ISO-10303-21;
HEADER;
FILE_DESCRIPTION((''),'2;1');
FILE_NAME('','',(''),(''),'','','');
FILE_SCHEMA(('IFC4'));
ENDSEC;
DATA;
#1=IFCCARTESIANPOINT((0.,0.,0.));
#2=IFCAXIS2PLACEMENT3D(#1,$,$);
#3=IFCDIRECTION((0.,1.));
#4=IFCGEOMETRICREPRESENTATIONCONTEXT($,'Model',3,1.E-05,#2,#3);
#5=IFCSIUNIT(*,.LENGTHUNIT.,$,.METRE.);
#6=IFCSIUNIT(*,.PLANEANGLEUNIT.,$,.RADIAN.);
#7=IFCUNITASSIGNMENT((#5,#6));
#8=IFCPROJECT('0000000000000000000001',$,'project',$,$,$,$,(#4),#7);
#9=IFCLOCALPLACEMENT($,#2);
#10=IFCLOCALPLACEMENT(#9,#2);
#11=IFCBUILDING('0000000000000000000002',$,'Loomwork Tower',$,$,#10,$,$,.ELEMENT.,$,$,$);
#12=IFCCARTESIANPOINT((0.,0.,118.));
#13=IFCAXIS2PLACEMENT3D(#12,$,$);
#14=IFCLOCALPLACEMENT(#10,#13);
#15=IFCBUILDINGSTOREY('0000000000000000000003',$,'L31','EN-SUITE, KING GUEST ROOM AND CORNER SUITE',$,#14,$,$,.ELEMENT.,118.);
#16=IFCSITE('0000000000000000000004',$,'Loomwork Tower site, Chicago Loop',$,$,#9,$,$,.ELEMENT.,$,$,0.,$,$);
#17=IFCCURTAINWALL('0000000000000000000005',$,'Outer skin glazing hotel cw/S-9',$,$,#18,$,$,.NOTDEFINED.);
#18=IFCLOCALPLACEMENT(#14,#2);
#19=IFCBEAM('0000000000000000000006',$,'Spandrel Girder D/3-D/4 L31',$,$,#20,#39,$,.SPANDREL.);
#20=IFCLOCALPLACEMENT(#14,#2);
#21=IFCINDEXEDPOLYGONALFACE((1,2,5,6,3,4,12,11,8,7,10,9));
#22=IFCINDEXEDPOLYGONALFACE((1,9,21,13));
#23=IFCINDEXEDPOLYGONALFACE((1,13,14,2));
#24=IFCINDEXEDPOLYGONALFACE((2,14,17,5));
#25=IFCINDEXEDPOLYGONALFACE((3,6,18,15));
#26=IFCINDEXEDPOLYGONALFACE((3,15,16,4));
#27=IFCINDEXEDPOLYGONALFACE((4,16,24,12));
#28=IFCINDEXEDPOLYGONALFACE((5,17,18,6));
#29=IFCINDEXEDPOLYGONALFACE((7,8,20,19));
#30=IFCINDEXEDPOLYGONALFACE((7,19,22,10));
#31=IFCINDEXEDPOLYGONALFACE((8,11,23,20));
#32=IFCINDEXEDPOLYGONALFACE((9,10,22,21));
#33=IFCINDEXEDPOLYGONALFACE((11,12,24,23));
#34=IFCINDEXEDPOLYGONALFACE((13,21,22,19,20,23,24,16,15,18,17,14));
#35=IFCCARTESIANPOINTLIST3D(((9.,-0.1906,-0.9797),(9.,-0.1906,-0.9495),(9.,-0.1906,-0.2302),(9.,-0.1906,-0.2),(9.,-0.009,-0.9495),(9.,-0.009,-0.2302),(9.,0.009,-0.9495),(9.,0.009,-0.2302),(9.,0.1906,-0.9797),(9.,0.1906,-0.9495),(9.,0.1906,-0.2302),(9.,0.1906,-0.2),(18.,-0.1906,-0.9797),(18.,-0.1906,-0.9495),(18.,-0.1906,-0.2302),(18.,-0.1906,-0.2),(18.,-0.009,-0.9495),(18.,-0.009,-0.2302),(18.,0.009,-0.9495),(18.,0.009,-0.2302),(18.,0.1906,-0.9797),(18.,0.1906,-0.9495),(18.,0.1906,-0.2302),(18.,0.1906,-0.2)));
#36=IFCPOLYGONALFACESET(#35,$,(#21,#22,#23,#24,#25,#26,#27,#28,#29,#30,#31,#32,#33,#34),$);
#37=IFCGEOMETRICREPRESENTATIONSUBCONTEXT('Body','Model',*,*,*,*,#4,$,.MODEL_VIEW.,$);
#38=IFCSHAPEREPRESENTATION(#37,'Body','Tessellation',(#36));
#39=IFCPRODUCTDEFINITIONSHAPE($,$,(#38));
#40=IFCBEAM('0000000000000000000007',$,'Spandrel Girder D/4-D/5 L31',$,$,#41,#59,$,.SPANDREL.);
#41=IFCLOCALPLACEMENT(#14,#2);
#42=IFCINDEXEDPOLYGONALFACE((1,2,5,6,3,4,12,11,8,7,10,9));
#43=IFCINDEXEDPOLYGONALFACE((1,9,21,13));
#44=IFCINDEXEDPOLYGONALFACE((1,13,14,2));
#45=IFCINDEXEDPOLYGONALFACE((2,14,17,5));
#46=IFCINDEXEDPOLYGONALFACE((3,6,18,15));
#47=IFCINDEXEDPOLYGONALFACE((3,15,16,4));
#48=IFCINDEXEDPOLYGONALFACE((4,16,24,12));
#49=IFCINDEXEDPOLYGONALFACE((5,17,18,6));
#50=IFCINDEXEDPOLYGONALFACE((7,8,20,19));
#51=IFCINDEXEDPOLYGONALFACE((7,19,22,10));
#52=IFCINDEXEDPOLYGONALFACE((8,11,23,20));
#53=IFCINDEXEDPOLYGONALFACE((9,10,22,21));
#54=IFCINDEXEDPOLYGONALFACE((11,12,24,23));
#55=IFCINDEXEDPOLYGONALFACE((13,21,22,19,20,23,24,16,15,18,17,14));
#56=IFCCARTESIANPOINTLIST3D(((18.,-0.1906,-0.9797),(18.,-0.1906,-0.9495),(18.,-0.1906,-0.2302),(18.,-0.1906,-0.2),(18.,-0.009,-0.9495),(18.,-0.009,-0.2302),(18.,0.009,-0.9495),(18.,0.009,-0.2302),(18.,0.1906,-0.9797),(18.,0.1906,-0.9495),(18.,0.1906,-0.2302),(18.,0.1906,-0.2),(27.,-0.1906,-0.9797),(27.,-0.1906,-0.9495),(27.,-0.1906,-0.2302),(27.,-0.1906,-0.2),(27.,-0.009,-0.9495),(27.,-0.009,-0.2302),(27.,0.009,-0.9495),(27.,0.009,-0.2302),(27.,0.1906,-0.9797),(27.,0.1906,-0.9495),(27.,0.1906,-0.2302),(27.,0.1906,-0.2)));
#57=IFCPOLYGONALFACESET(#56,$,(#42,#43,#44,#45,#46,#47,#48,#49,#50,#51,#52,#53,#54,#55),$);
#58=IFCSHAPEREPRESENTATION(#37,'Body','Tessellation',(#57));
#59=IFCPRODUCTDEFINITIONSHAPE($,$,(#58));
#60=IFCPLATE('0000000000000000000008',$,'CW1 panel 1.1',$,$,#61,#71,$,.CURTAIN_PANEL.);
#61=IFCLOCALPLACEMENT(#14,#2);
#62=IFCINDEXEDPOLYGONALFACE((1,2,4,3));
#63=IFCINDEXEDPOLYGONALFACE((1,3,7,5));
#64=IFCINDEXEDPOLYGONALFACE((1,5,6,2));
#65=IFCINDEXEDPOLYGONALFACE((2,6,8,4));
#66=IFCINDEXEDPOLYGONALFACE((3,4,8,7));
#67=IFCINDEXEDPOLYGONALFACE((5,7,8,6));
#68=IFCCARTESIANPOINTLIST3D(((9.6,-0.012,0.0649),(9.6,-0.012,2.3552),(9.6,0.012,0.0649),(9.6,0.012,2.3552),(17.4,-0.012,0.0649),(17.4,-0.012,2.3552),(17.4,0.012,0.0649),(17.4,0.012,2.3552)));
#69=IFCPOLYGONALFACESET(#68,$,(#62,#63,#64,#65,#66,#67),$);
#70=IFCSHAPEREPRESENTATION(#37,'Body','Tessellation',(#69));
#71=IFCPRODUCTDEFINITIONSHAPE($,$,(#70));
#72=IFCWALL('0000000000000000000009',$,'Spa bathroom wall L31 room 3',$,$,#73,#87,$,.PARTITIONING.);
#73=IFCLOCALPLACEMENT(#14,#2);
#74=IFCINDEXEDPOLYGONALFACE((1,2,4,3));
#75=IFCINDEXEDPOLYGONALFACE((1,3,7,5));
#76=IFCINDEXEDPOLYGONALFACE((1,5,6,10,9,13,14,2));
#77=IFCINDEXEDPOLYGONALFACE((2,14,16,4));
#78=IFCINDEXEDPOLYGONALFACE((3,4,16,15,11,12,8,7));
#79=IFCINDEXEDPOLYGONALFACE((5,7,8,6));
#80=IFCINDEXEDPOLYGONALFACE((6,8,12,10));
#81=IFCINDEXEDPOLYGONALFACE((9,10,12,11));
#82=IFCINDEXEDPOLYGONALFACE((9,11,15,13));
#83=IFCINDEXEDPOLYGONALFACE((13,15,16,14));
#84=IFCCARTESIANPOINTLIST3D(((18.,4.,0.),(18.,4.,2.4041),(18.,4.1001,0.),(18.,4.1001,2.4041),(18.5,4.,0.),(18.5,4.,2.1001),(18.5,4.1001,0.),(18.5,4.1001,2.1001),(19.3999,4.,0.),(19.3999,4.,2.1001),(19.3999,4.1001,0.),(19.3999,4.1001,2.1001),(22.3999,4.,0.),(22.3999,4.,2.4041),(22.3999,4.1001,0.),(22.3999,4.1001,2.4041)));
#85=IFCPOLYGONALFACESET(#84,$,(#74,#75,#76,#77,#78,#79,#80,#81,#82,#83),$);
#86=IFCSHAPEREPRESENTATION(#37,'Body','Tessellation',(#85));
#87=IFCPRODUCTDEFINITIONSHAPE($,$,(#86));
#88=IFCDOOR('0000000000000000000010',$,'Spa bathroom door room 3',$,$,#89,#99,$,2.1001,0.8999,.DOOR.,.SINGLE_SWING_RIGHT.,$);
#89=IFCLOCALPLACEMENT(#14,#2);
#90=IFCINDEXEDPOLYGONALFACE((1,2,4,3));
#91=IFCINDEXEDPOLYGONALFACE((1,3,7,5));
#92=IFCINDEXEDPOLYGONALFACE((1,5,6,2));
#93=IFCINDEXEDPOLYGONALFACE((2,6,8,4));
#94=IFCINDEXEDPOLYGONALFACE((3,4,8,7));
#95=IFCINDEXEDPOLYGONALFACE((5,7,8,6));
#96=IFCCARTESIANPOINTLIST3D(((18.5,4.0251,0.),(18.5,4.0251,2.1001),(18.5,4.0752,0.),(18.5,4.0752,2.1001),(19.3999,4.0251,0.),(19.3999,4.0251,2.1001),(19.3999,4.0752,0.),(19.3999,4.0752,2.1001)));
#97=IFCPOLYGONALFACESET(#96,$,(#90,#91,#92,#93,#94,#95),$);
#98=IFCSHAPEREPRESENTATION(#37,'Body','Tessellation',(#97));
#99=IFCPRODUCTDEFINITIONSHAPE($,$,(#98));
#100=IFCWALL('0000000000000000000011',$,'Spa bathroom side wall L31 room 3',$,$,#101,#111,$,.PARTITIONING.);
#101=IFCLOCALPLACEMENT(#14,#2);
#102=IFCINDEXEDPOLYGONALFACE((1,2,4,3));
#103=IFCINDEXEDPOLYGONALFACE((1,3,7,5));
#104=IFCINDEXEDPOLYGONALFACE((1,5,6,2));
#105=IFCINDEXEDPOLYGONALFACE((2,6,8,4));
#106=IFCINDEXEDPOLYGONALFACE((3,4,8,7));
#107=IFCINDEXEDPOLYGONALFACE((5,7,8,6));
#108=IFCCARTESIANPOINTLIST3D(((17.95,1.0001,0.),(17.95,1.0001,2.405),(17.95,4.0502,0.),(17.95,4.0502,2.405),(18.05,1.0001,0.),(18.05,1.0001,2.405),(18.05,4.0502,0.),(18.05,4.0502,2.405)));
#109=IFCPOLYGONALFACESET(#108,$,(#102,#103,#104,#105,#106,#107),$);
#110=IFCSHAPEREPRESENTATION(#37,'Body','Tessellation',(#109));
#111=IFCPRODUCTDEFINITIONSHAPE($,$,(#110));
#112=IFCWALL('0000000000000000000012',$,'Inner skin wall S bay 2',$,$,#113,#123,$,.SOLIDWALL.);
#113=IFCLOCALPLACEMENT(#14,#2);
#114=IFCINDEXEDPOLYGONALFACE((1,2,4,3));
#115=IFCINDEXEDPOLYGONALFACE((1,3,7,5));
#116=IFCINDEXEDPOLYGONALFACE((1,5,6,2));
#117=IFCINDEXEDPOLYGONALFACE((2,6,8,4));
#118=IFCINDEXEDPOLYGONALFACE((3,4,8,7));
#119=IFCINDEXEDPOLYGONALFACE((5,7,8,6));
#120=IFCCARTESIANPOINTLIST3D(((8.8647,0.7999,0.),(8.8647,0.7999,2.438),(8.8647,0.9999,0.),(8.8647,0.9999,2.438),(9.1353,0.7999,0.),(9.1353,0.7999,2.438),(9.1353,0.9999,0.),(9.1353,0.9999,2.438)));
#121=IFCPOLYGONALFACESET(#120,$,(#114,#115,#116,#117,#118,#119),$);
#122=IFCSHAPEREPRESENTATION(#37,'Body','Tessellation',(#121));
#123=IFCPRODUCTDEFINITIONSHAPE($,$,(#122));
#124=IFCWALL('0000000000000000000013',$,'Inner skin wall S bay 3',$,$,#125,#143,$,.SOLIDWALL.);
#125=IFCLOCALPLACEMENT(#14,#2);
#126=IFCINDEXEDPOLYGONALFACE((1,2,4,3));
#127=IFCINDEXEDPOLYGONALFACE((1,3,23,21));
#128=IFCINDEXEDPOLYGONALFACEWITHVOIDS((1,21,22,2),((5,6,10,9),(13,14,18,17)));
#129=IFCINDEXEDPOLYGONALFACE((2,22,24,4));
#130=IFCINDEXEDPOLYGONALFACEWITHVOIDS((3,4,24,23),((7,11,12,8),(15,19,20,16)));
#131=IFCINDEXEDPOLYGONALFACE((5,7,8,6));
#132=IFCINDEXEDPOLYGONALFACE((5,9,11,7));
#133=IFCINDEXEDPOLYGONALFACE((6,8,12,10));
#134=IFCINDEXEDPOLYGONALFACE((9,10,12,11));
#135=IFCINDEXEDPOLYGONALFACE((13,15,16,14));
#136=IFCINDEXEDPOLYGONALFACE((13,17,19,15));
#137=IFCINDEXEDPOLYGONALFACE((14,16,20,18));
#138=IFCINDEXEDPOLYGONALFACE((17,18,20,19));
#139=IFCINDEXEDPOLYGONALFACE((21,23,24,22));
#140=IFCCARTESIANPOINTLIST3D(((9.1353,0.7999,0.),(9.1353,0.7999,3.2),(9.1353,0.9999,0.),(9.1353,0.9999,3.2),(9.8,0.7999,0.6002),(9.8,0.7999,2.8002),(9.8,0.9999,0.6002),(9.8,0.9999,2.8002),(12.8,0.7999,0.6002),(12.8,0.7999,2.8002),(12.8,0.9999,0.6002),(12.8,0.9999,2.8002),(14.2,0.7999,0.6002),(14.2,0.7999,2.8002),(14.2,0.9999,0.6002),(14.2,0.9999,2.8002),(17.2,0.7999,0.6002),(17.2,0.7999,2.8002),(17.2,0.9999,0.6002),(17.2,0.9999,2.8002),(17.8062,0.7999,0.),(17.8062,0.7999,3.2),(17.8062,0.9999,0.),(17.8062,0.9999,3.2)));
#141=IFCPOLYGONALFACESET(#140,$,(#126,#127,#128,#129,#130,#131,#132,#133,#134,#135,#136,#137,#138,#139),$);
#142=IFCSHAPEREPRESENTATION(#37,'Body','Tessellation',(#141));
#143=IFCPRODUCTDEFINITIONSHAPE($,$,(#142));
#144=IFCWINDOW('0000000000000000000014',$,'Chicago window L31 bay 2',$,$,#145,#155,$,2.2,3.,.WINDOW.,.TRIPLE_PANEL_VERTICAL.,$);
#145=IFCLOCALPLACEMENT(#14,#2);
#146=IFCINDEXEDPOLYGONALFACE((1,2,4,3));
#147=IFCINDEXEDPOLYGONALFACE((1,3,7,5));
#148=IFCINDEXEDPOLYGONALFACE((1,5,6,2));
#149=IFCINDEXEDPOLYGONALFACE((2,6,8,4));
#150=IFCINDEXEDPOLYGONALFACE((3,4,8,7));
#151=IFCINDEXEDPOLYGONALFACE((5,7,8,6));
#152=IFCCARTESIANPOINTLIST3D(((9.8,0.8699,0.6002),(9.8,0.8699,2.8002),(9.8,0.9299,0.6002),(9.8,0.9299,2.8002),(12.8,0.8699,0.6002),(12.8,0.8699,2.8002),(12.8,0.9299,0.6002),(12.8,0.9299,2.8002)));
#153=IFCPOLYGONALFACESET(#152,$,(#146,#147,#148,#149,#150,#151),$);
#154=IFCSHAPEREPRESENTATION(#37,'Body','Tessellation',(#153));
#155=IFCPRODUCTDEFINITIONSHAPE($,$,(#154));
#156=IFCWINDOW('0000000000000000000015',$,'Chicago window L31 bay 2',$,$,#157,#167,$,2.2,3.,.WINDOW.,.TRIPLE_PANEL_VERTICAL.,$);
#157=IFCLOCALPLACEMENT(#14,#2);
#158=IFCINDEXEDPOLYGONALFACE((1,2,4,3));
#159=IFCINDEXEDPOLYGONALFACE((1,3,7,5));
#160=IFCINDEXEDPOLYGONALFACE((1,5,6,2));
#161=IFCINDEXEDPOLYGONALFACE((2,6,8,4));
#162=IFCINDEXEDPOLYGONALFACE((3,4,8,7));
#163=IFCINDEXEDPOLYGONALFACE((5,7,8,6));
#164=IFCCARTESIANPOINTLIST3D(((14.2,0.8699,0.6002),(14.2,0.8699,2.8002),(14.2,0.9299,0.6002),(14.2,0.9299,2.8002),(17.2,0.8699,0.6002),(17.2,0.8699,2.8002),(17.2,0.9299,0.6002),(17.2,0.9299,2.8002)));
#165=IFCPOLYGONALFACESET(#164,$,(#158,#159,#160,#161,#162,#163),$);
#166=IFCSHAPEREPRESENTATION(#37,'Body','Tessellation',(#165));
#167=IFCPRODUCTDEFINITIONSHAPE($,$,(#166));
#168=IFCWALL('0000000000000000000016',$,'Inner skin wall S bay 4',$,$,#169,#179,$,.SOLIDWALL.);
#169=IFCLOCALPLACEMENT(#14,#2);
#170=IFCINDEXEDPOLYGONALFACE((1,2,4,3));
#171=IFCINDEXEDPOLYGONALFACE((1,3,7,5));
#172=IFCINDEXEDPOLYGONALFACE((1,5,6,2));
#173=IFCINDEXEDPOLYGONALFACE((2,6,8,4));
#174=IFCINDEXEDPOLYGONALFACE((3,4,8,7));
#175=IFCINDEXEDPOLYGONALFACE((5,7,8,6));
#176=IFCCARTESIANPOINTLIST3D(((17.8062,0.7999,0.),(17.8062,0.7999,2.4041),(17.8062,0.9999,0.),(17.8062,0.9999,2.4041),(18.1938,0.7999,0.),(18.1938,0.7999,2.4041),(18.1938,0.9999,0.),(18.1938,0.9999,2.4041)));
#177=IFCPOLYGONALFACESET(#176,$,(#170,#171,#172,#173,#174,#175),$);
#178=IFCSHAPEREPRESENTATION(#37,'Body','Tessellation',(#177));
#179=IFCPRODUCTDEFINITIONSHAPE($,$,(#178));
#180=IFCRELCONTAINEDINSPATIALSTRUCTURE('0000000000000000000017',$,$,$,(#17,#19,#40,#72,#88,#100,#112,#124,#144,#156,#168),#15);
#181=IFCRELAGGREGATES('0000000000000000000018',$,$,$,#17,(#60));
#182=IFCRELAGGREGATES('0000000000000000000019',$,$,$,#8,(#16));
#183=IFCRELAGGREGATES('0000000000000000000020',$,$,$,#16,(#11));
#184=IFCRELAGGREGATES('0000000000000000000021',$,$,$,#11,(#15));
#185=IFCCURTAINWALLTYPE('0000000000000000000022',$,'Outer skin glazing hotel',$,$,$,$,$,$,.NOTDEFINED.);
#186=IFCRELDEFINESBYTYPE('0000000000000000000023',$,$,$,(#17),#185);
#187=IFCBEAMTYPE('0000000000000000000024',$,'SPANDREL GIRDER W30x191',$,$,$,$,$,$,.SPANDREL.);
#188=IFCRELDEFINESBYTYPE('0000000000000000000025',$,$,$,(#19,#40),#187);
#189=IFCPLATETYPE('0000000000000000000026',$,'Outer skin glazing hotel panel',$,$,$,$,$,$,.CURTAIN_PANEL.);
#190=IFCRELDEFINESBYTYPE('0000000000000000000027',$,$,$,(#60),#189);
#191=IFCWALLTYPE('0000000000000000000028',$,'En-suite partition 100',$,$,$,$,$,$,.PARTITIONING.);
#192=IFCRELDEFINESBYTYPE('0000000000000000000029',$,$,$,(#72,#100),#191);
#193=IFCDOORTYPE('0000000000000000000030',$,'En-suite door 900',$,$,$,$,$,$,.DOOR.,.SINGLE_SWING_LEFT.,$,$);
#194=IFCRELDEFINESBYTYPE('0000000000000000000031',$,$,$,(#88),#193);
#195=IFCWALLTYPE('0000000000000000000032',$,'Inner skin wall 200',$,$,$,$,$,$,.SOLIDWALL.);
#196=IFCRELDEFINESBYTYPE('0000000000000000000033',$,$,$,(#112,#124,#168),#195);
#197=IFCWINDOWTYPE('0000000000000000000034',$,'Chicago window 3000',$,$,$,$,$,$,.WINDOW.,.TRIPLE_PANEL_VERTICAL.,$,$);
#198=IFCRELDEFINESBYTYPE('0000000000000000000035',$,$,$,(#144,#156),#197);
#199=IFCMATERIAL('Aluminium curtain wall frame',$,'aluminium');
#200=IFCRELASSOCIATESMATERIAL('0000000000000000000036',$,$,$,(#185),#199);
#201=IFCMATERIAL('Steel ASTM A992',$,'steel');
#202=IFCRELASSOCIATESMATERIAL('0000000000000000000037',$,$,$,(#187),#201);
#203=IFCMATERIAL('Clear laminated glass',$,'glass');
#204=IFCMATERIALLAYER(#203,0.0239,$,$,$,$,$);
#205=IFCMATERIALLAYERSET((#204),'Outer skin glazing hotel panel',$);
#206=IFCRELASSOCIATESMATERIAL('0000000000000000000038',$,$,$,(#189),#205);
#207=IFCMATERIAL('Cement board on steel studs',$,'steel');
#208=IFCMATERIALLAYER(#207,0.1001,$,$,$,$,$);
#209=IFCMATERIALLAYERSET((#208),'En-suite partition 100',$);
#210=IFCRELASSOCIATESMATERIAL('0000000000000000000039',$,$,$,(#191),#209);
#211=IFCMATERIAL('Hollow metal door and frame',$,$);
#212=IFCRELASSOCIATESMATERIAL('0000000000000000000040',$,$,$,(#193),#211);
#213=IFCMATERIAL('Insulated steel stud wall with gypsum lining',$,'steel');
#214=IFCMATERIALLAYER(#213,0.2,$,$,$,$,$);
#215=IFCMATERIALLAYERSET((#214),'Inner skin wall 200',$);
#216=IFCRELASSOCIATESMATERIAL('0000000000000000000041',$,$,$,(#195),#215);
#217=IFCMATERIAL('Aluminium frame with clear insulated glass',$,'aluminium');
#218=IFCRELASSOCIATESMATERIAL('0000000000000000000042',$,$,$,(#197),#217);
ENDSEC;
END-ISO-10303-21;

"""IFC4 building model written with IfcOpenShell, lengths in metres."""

from ifc_helpers import new_model, si_unit, direction, frame, frame_2d, origin, origin_2d, place, context, subcontext, project, spatial, rectangle, i_section, extrude, material, layer, layer_set, material_profile, profile_set, type_object, element, fill, aggregate, save


model = new_model("IFC4")

# Units and contexts
model_context = context("Model", 3, precision=1e-05, world=origin(), true_north=direction((0.0, 1.0)))
body_context = subcontext(model_context, "Body", "Model", "MODEL_VIEW")
ifc_project = project(units=[si_unit("LENGTHUNIT", "METRE"), si_unit("PLANEANGLEUNIT", "RADIAN")], contexts=[model_context])

# Site, building, storey
site_placement = place(None, origin())
site = spatial("IfcSite", under=ifc_project, at=site_placement, Name="Loomwork Tower site, Chicago Loop", CompositionType="ELEMENT", RefElevation=0.0)
building_placement = place(site_placement, origin())
building = spatial("IfcBuilding", under=site, at=building_placement, Name="Loomwork Tower", CompositionType="ELEMENT")
storey_placement = place(building_placement, frame((0.0, 0.0, 118.0)))
storey = spatial("IfcBuildingStorey", under=building, at=storey_placement, Name="L31", Description="EN-SUITE, KING GUEST ROOM AND CORNER SUITE", CompositionType="ELEMENT", Elevation=118.0)

# Shared definitions
ifc_material_1 = material(Name="Aluminium curtain wall frame", Category="aluminium")
curtain_wall_type = type_object("IfcCurtainWallType", Name="Outer skin glazing hotel", PredefinedType="NOTDEFINED", material=ifc_material_1)

# Curtain wall
curtain_wall_1_placement = place(storey_placement, origin())
curtain_wall_1 = element("IfcCurtainWall", 1, at=curtain_wall_1_placement, inside=storey, type_object=curtain_wall_type, Name="Outer skin glazing hotel cw/S-9", PredefinedType="NOTDEFINED")

# Beams
ifc_material_2 = material(Name="Steel ASTM A992", Category="steel")
ifc_material_profile_1 = material_profile(ifc_material_2, i_section(OverallWidth=0.3811, OverallDepth=0.7798, WebThickness=0.0181, FlangeThickness=0.0303, at=origin_2d()), Name="W30x191")
ifc_profile_set_1 = profile_set([ifc_material_profile_1], Name="Steel ASTM A992")
beam_type_1 = type_object("IfcBeamType", Name="SPANDREL GIRDER W30x191", PredefinedType="SPANDREL", material=ifc_profile_set_1)
for number, where, z_axis, x_axis, name in (
    (2, (9.0, 0.0, -0.5898), (1.0, 0.0, 0.0), (0.0, 1.0, 0.0), "Spandrel Girder D/3-D/4 L31"),
    (3, (18.0, 0.0, -0.5898), (1.0, 0.0, 0.0), (0.0, 1.0, 0.0), "Spandrel Girder D/4-D/5 L31"),
):
    element("IfcBeam", number, at=place(storey_placement, frame(where, z_axis=z_axis, x_axis=x_axis)), inside=storey, type_object=beam_type_1, Name=name, PredefinedType="SPANDREL", context=body_context, shape_type="SweptSolid", body=[
        extrude(i_section(OverallWidth=0.3811, OverallDepth=0.7798, WebThickness=0.0181, FlangeThickness=0.0303, at=origin_2d()), origin(), (0.0, 0.0, 1.0), 9.0),
    ])

# Plate
ifc_material_3 = material(Name="Clear laminated glass", Category="glass")
ifc_layer_1 = layer(ifc_material_3, 0.0239)
ifc_layer_set_1 = layer_set([ifc_layer_1], Name="Outer skin glazing hotel panel")
plate_type = type_object("IfcPlateType", Name="Outer skin glazing hotel panel", PredefinedType="CURTAIN_PANEL", material=ifc_layer_set_1)
plate_placement = place(storey_placement, frame((13.5, 0.0, 0.0649), z_axis=(0.0, 0.0, 1.0), x_axis=(1.0, 0.0, 0.0)))
plate = element("IfcPlate", 4, at=plate_placement, type_object=plate_type, Name="CW1 panel 1.1", PredefinedType="CURTAIN_PANEL", context=body_context, shape_type="SweptSolid", body=[
    extrude(rectangle(XDim=7.8, YDim=0.0239, at=origin_2d()), origin(), (0.0, 0.0, 1.0), 2.2903),
])
aggregate(curtain_wall_1, [plate])

# Wall, opening, door
ifc_material_4 = material(Name="Cement board on steel studs", Category="steel")
ifc_layer_2 = layer(ifc_material_4, 0.1001)
ifc_layer_set_2 = layer_set([ifc_layer_2], Name="En-suite partition 100")
wall_type_1 = type_object("IfcWallType", Name="En-suite partition 100", PredefinedType="PARTITIONING", material=ifc_layer_set_2)
wall_1_placement = place(storey_placement, frame((18.0, 4.05, 0.0), z_axis=(0.0, 0.0, 1.0), x_axis=(1.0, 0.0, 0.0)))
wall_1 = element("IfcWall", 5, at=wall_1_placement, inside=storey, type_object=wall_type_1, Name="Spa bathroom wall L31 room 3", PredefinedType="PARTITIONING", context=body_context, shape_type="SweptSolid", body=[
    extrude(rectangle(XDim=4.3999, YDim=0.1001, at=frame_2d((2.2, 0.0))), origin(), (0.0, 0.0, 1.0), 2.4041),
])
opening_1_placement = place(wall_1_placement, frame((0.5, 0.0, 0.0)))
opening_1 = element("IfcOpeningElement", 6, at=opening_1_placement, cuts=wall_1, PredefinedType="OPENING", context=body_context, shape_type="SweptSolid", body=[
    extrude(rectangle(XDim=0.8999, YDim=2.1001, at=frame_2d((0.45, 1.05))), frame((0.0, 0.0601, 0.0), z_axis=(0.0, -1.0, 0.0), x_axis=(1.0, 0.0, 0.0)), (0.0, 0.0, 1.0), 0.1201),
])
ifc_material_5 = material(Name="Hollow metal door and frame")
door_type = type_object("IfcDoorType", Name="En-suite door 900", OperationType="SINGLE_SWING_LEFT", PredefinedType="DOOR", material=ifc_material_5)
door_placement = place(opening_1_placement, frame((0.8999, 0.0, 0.0), z_axis=(0.0, 0.0, 1.0), x_axis=(-1.0, 0.0, 0.0)))
door = element("IfcDoor", 7, at=door_placement, inside=storey, type_object=door_type, Name="Spa bathroom door room 3", OperationType="SINGLE_SWING_RIGHT", OverallHeight=2.1001, OverallWidth=0.8999, PredefinedType="DOOR", context=body_context, shape_type="SweptSolid", body=[
    extrude(rectangle(XDim=0.8999, YDim=2.1001, at=frame_2d((0.45, 1.05))), frame((0.0, 0.0249, 0.0), z_axis=(0.0, -1.0, 0.0), x_axis=(1.0, 0.0, 0.0)), (0.0, 0.0, 1.0), 0.05),
])
fill(opening_1, door)

# Walls
wall_2_placement = place(storey_placement, frame((18.0, 4.05, 0.0), z_axis=(0.0, 0.0, 1.0), x_axis=(0.0, -1.0, 0.0)))
element("IfcWall", 8, at=wall_2_placement, inside=storey, type_object=wall_type_1, Name="Spa bathroom side wall L31 room 3", PredefinedType="PARTITIONING", context=body_context, shape_type="SweptSolid", body=[
    extrude(rectangle(XDim=3.05, YDim=0.1001, at=frame_2d((1.5249, 0.0))), origin(), (0.0, 0.0, 1.0), 2.405),
])
ifc_material_6 = material(Name="Insulated steel stud wall with gypsum lining", Category="steel")
ifc_layer_3 = layer(ifc_material_6, 0.2)
ifc_layer_set_3 = layer_set([ifc_layer_3], Name="Inner skin wall 200")
wall_type_2 = type_object("IfcWallType", Name="Inner skin wall 200", PredefinedType="SOLIDWALL", material=ifc_layer_set_3)
wall_3_placement = place(storey_placement, frame((8.8647, 0.8999, 0.0), z_axis=(0.0, 0.0, 1.0), x_axis=(1.0, 0.0, 0.0)))
element("IfcWall", 9, at=wall_3_placement, inside=storey, type_object=wall_type_2, Name="Inner skin wall S bay 2", PredefinedType="SOLIDWALL", context=body_context, shape_type="SweptSolid", body=[
    extrude(rectangle(XDim=0.2705, YDim=0.2, at=frame_2d((0.1353, 0.0))), origin(), (0.0, 0.0, 1.0), 2.438),
])

# Wall, openings, windows
wall_4_placement = place(storey_placement, frame((9.1353, 0.8999, 0.0), z_axis=(0.0, 0.0, 1.0), x_axis=(1.0, 0.0, 0.0)))
wall_4 = element("IfcWall", 10, at=wall_4_placement, inside=storey, type_object=wall_type_2, Name="Inner skin wall S bay 3", PredefinedType="SOLIDWALL", context=body_context, shape_type="SweptSolid", body=[
    extrude(rectangle(XDim=8.6709, YDim=0.2, at=frame_2d((4.3354, 0.0))), origin(), (0.0, 0.0, 1.0), 3.2),
])
opening_2_placement = place(wall_4_placement, frame((0.6648, 0.0, 0.6001)))
opening_2 = element("IfcOpeningElement", 11, at=opening_2_placement, cuts=wall_4, PredefinedType="OPENING", context=body_context, shape_type="SweptSolid", body=[
    extrude(rectangle(XDim=3.0, YDim=2.2, at=frame_2d((1.5, 1.1001))), frame((0.0, 0.1099, 0.0), z_axis=(0.0, -1.0, 0.0), x_axis=(1.0, 0.0, 0.0)), (0.0, 0.0, 1.0), 0.22),
])
opening_3_placement = place(wall_4_placement, frame((5.0647, 0.0, 0.6001)))
opening_3 = element("IfcOpeningElement", 12, at=opening_3_placement, cuts=wall_4, PredefinedType="OPENING", context=body_context, shape_type="SweptSolid", body=[
    extrude(rectangle(XDim=3.0, YDim=2.2, at=frame_2d((1.5, 1.1001))), frame((0.0, 0.1099, 0.0), z_axis=(0.0, -1.0, 0.0), x_axis=(1.0, 0.0, 0.0)), (0.0, 0.0, 1.0), 0.22),
])
ifc_material_7 = material(Name="Aluminium frame with clear insulated glass", Category="aluminium")
window_type = type_object("IfcWindowType", Name="Chicago window 3000", PartitioningType="TRIPLE_PANEL_VERTICAL", PredefinedType="WINDOW", material=ifc_material_7)
window_1_placement = place(opening_2_placement, origin())
window_1 = element("IfcWindow", 13, at=window_1_placement, inside=storey, type_object=window_type, Name="Chicago window L31 bay 2", OverallHeight=2.2, OverallWidth=3.0, PartitioningType="TRIPLE_PANEL_VERTICAL", PredefinedType="WINDOW", context=body_context, shape_type="SweptSolid", body=[
    extrude(rectangle(XDim=3.0, YDim=2.2, at=frame_2d((1.5, 1.1001))), frame((0.0, 0.03, 0.0), z_axis=(0.0, -1.0, 0.0), x_axis=(1.0, 0.0, 0.0)), (0.0, 0.0, 1.0), 0.0601),
])
fill(opening_2, window_1)
window_2_placement = place(opening_3_placement, origin())
window_2 = element("IfcWindow", 14, at=window_2_placement, inside=storey, type_object=window_type, Name="Chicago window L31 bay 2", OverallHeight=2.2, OverallWidth=3.0, PartitioningType="TRIPLE_PANEL_VERTICAL", PredefinedType="WINDOW", context=body_context, shape_type="SweptSolid", body=[
    extrude(rectangle(XDim=3.0, YDim=2.2, at=frame_2d((1.5, 1.1001))), frame((0.0, 0.03, 0.0), z_axis=(0.0, -1.0, 0.0), x_axis=(1.0, 0.0, 0.0)), (0.0, 0.0, 1.0), 0.0601),
])
fill(opening_3, window_2)

# Wall
wall_5_placement = place(storey_placement, frame((17.8062, 0.8999, 0.0), z_axis=(0.0, 0.0, 1.0), x_axis=(1.0, 0.0, 0.0)))
element("IfcWall", 15, at=wall_5_placement, inside=storey, type_object=wall_type_2, Name="Inner skin wall S bay 4", PredefinedType="SOLIDWALL", context=body_context, shape_type="SweptSolid", body=[
    extrude(rectangle(XDim=0.3877, YDim=0.2, at=frame_2d((0.1938, 0.0))), origin(), (0.0, 0.0, 1.0), 2.4041),
])

save(model, "model.ifc")
